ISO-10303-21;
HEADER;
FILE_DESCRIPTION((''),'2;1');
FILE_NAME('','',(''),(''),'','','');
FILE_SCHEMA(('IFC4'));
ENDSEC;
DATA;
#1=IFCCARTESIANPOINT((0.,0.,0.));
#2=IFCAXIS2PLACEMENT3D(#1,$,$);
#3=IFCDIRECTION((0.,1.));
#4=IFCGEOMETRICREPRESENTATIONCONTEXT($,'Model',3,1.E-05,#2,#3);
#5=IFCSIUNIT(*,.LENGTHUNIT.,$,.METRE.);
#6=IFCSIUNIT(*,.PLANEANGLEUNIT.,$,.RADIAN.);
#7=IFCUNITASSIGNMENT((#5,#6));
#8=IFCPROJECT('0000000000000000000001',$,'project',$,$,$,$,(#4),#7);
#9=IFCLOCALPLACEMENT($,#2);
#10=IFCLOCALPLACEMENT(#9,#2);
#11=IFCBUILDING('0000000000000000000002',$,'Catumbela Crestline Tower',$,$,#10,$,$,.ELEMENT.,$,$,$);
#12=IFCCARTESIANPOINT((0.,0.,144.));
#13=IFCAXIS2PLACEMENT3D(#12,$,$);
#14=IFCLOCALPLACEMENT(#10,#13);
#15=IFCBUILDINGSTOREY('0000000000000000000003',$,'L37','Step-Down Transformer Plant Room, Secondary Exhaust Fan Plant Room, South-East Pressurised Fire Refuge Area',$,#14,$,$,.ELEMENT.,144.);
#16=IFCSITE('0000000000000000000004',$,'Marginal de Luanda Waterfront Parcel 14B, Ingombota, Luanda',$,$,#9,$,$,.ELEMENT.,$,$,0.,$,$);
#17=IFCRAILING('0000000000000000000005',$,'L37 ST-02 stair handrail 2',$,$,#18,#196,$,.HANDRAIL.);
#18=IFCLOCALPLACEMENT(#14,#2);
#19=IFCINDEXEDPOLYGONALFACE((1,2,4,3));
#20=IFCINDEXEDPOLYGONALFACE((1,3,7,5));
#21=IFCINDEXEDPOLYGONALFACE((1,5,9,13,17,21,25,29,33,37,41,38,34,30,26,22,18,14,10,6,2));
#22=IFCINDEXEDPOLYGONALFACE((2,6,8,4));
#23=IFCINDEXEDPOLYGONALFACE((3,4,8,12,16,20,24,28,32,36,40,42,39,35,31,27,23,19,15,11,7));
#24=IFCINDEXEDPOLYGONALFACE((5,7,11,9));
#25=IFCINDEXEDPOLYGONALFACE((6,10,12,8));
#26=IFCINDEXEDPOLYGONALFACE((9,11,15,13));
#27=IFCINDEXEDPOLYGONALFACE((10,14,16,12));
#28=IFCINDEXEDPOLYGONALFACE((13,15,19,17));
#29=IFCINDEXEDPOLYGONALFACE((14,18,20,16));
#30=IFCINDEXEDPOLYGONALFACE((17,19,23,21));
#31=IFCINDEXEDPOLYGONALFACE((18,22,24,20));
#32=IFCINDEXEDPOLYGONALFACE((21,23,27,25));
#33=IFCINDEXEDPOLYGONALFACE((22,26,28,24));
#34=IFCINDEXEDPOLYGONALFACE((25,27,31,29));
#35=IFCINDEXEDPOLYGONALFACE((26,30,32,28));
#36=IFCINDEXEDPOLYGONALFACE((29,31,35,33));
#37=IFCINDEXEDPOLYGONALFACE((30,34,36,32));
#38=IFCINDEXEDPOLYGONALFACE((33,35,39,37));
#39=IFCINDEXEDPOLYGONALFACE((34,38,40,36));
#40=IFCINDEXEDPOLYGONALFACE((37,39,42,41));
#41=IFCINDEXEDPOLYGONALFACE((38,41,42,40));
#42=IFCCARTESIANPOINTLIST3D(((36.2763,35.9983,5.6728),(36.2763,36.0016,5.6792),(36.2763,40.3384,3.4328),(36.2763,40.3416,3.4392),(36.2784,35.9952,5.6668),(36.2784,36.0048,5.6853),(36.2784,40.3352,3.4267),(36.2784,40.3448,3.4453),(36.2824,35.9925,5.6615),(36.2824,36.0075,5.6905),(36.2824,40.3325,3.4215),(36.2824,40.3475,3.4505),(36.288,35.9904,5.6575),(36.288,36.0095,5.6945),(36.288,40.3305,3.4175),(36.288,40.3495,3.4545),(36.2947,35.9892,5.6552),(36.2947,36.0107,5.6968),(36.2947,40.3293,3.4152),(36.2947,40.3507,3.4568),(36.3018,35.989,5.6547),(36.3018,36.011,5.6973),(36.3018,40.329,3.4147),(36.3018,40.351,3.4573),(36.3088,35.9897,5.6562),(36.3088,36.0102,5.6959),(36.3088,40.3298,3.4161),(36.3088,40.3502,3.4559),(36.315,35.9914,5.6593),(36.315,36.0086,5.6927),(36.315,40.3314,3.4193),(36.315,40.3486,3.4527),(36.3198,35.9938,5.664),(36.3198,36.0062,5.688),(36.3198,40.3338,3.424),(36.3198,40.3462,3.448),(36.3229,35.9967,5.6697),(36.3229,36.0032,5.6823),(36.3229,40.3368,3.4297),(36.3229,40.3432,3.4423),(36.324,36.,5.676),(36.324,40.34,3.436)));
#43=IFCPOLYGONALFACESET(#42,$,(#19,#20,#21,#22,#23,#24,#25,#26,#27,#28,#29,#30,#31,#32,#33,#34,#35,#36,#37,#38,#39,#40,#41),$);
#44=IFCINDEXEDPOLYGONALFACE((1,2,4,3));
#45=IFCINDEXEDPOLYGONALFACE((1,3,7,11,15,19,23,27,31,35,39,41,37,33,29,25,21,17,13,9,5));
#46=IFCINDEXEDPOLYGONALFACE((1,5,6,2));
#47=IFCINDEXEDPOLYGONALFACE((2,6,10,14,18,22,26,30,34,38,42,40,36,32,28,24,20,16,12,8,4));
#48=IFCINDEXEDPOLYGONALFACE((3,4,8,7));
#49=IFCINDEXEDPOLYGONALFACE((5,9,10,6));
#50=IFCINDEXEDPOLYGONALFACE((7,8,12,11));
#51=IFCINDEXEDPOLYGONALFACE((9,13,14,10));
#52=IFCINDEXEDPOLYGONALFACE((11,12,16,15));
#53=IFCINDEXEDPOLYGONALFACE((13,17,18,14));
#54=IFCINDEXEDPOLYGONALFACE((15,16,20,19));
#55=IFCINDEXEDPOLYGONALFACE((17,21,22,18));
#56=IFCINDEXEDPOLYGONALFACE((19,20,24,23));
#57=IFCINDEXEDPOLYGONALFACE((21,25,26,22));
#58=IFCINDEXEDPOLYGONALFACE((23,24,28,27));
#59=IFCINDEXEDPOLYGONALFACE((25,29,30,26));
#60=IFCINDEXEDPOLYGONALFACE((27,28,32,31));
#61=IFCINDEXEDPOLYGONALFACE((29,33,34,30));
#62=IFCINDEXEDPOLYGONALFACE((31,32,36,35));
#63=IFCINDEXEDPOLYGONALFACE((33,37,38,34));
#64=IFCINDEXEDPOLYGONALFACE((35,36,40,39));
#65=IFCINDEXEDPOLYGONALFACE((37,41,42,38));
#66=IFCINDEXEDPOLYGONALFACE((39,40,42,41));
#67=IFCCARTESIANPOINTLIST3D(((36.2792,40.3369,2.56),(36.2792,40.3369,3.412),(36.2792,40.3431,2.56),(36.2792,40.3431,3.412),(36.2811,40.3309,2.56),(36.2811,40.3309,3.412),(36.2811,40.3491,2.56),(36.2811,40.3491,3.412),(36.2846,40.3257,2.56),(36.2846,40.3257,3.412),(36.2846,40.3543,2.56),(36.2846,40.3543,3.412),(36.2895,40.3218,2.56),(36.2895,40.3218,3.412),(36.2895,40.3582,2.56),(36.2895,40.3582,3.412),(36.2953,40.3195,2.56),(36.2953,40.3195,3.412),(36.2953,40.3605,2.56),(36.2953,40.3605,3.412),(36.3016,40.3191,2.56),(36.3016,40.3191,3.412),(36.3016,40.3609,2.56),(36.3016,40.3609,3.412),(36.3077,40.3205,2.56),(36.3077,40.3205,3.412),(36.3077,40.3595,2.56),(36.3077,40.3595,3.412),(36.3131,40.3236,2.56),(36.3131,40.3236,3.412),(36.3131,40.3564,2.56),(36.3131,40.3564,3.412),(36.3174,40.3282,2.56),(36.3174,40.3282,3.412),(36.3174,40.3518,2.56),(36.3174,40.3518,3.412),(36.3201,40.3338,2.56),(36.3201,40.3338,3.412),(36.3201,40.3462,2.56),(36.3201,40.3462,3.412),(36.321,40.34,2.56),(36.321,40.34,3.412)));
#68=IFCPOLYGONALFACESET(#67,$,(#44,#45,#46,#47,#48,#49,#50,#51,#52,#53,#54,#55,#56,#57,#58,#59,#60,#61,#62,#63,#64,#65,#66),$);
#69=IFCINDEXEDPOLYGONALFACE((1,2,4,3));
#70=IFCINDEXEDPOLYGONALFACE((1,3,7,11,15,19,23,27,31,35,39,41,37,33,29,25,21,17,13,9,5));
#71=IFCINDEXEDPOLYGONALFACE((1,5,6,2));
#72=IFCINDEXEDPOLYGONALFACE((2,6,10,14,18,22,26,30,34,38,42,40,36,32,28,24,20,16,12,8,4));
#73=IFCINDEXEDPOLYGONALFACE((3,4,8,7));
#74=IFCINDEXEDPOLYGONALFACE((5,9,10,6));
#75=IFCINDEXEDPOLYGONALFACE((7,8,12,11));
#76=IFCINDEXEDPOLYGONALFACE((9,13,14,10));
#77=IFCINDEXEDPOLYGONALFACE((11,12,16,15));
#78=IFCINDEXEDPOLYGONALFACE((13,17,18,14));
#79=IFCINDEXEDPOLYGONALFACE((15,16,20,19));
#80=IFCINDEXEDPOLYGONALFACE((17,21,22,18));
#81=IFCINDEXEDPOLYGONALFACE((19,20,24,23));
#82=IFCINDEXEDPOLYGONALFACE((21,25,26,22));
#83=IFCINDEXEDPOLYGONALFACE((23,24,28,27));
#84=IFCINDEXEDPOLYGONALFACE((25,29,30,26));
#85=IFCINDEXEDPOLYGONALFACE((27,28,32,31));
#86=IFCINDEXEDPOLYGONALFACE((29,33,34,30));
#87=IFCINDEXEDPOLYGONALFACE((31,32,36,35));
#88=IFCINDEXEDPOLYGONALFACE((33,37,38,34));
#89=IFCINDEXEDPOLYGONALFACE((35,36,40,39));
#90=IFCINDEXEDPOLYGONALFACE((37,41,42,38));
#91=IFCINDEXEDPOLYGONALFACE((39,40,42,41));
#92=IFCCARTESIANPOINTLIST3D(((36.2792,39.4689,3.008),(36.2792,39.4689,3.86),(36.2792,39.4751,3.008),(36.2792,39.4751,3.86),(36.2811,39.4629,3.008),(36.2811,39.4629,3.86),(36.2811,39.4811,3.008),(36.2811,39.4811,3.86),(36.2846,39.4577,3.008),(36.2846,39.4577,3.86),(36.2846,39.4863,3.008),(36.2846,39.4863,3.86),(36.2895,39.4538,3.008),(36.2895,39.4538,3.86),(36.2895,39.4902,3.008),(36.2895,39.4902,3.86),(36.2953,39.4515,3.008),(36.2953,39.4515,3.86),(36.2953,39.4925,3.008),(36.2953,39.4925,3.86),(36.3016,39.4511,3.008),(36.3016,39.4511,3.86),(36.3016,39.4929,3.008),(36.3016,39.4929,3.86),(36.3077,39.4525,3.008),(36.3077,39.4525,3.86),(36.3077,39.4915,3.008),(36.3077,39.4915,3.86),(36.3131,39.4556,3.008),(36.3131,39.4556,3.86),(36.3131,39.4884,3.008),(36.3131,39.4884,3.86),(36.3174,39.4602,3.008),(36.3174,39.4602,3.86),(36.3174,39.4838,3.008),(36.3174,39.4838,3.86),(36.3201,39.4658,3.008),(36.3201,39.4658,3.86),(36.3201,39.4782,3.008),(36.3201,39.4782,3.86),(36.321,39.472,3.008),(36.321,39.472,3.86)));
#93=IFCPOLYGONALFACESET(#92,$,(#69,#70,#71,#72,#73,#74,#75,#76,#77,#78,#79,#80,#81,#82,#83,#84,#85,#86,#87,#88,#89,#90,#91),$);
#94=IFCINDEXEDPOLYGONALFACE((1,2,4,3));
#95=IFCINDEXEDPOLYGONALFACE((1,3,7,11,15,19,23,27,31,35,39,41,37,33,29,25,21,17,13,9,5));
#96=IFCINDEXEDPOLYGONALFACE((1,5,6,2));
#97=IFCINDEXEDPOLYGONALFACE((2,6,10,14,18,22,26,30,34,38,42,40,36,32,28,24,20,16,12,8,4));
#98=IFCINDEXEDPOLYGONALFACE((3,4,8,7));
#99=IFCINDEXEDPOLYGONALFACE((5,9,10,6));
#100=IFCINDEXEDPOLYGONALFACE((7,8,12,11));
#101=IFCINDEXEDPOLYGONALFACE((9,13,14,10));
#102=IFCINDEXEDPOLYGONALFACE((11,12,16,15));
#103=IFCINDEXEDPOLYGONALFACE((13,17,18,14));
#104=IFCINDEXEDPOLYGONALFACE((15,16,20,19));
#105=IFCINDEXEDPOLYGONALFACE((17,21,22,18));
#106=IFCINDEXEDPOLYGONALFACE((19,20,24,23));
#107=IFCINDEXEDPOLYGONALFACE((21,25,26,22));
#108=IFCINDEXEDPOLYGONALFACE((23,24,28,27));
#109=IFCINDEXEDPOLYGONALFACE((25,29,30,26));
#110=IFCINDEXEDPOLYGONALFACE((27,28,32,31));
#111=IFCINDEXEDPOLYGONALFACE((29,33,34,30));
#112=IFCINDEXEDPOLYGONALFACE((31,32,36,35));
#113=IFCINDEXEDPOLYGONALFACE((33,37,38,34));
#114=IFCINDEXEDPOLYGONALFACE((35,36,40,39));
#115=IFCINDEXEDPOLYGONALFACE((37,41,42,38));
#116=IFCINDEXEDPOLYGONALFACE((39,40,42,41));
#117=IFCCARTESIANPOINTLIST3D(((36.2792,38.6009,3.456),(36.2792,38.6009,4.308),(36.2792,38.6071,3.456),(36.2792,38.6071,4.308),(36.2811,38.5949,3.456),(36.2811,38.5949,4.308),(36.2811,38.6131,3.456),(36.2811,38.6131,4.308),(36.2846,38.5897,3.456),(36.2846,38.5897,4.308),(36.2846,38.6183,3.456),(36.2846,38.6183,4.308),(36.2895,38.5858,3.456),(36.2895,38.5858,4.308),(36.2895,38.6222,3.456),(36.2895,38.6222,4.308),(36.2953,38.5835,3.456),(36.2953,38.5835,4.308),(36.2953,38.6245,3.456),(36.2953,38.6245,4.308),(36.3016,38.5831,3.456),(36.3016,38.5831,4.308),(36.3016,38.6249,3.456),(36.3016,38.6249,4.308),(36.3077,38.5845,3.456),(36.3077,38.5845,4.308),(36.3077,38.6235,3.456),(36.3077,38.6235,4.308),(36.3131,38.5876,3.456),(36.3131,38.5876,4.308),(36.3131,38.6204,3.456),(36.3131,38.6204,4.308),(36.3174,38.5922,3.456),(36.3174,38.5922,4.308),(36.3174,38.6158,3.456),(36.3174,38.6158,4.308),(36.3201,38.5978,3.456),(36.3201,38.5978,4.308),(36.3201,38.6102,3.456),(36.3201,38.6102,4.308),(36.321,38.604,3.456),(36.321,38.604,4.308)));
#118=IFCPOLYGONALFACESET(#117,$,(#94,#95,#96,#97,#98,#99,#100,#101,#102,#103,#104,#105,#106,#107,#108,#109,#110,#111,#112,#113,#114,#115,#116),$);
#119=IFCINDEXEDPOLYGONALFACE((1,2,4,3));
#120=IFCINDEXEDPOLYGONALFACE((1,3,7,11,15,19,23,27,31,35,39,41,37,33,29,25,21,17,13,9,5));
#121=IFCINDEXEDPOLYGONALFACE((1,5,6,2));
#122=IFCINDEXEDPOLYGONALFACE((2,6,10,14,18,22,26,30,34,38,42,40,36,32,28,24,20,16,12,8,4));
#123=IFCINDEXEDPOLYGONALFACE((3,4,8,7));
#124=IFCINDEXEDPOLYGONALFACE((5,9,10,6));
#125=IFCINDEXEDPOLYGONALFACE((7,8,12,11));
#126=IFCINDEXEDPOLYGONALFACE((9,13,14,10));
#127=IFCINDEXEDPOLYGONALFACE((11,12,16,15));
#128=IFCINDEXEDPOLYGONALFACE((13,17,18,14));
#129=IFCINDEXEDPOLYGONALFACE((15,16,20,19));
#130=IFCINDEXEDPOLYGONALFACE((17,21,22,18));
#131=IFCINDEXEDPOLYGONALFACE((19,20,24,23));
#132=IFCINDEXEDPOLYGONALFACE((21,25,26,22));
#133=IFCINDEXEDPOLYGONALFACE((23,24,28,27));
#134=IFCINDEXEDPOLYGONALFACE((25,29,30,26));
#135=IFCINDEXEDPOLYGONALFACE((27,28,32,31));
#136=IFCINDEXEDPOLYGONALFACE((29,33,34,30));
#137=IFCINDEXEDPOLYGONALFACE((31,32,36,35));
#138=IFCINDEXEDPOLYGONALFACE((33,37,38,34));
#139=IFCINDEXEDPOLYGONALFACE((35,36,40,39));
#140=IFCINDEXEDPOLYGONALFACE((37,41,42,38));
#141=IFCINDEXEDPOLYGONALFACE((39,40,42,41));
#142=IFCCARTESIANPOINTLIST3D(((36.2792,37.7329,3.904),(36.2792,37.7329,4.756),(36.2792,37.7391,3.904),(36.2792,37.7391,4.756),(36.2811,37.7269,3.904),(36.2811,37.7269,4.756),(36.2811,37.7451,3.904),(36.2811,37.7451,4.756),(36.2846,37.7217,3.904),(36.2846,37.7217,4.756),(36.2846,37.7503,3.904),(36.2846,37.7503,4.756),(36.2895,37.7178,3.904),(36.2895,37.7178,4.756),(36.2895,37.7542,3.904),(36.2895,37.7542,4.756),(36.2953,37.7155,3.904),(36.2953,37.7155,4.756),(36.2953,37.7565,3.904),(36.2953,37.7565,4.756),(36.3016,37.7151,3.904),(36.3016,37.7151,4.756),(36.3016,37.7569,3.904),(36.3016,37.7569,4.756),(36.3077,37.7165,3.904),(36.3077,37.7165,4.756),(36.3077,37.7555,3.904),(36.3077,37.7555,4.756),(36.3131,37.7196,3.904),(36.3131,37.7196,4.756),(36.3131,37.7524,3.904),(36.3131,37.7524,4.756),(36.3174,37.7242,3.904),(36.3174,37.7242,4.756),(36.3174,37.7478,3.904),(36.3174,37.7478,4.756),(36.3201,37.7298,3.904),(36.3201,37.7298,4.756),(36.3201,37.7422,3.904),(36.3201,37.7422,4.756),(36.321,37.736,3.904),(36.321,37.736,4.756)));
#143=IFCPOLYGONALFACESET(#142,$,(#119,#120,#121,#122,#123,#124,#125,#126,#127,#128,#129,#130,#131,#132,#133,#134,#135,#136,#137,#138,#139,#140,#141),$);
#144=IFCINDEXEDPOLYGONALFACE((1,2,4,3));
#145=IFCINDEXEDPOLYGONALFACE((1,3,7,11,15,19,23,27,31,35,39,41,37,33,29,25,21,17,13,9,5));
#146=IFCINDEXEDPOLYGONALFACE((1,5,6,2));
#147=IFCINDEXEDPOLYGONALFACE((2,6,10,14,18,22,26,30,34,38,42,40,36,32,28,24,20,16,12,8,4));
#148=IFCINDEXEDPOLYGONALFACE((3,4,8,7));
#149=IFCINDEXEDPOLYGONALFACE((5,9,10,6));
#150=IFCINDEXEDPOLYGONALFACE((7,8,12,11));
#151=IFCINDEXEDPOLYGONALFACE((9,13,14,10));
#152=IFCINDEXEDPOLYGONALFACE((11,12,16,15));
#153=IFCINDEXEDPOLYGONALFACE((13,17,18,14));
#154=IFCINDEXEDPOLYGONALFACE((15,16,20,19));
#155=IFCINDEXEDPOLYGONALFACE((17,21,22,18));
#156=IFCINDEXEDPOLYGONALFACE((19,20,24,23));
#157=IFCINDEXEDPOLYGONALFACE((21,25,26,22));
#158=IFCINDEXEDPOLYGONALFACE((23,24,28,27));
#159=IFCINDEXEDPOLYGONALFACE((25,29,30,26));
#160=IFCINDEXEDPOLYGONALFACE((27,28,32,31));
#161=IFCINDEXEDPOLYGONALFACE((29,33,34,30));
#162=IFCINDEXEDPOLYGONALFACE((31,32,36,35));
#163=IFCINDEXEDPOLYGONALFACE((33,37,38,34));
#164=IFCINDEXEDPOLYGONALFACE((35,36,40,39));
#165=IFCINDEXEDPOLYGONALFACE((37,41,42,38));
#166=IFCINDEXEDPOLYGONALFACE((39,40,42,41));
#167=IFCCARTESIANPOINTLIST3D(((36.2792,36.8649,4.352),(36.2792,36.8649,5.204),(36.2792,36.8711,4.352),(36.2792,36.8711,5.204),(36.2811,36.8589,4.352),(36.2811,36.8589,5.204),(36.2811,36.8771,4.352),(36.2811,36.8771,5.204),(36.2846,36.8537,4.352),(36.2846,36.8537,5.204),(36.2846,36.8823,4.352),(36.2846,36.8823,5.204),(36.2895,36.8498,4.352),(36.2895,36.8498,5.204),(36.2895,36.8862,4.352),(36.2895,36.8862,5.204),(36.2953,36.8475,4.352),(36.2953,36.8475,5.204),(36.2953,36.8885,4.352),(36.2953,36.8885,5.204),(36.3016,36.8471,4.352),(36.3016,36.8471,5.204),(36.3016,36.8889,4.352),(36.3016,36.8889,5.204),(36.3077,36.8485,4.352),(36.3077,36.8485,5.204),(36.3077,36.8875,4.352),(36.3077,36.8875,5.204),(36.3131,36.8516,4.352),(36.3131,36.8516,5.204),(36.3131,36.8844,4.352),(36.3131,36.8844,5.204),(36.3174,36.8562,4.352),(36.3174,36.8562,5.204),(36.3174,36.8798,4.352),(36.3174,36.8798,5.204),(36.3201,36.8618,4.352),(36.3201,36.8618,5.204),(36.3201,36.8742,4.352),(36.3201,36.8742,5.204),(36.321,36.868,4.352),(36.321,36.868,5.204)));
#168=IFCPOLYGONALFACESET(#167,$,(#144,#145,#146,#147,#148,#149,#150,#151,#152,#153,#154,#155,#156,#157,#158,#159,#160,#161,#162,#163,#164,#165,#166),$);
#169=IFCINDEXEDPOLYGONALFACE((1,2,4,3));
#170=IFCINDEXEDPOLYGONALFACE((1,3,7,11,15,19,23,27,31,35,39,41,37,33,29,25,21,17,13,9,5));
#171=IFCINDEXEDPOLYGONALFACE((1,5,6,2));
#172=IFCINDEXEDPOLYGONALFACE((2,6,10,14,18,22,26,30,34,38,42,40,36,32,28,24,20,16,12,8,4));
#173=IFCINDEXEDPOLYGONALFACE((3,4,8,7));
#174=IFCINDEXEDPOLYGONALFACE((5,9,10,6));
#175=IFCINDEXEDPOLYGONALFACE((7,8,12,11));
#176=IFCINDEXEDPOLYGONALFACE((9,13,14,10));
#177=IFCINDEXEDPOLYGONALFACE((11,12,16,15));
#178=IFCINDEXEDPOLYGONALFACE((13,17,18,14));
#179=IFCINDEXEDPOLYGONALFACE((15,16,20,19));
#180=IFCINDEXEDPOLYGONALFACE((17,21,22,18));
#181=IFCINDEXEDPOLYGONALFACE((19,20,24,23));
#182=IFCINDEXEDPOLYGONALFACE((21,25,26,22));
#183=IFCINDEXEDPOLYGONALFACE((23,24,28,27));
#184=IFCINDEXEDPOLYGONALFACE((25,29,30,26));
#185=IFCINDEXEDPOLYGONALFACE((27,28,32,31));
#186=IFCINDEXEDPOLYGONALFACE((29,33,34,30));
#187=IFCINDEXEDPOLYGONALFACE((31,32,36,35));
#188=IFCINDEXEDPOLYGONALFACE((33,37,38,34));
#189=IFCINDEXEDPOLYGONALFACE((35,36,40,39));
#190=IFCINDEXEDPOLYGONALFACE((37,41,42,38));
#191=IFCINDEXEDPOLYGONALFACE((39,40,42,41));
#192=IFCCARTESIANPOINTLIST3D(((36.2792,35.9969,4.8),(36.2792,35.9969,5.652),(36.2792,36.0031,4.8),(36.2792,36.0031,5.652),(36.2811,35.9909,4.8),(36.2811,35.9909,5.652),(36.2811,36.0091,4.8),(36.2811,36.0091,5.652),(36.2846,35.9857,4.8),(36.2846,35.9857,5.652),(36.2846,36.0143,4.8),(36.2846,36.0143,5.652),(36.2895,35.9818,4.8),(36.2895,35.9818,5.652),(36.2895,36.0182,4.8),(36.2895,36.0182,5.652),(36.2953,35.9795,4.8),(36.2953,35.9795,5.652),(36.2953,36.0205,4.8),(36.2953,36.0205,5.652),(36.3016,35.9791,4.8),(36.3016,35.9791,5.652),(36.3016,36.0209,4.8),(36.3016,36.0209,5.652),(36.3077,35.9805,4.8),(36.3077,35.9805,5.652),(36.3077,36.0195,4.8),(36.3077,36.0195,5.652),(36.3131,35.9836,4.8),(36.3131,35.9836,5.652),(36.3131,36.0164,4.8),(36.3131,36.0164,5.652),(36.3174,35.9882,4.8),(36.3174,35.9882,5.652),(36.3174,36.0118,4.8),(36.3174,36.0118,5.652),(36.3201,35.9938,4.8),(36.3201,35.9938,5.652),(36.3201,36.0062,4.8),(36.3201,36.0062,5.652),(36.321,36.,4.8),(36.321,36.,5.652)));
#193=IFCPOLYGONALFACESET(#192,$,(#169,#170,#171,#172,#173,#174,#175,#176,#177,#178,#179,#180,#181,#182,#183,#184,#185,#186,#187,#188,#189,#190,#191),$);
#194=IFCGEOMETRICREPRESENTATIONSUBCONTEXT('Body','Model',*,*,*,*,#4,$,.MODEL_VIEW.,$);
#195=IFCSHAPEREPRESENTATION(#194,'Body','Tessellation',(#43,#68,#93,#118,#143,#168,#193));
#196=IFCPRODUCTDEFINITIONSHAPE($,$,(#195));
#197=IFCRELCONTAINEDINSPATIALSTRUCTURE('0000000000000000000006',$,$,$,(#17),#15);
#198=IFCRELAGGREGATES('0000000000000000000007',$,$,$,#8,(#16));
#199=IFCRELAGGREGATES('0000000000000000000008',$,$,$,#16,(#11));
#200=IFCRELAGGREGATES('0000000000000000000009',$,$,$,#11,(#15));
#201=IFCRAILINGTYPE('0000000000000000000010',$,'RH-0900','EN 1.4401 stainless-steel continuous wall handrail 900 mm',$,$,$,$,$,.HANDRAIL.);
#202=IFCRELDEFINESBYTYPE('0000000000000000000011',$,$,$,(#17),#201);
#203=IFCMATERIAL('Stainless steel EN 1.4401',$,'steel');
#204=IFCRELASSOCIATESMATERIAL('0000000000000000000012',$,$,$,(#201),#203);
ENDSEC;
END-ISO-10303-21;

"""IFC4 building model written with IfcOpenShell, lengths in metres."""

from ifc_helpers import new_model, si_unit, direction, frame, origin, origin_2d, place, context, subcontext, project, spatial, circle, extrude, material, type_object, element, save


model = new_model("IFC4")

# Units and contexts
model_context = context("Model", 3, precision=1e-05, world=origin(), true_north=direction((0.0, 1.0)))
body_context = subcontext(model_context, "Body", "Model", "MODEL_VIEW")
ifc_project = project(units=[si_unit("LENGTHUNIT", "METRE"), si_unit("PLANEANGLEUNIT", "RADIAN")], contexts=[model_context])

# Site, building, storey
site_placement = place(None, origin())
site = spatial("IfcSite", under=ifc_project, at=site_placement, Name="Marginal de Luanda Waterfront Parcel 14B, Ingombota, Luanda", CompositionType="ELEMENT", RefElevation=0.0)
building_placement = place(site_placement, origin())
building = spatial("IfcBuilding", under=site, at=building_placement, Name="Catumbela Crestline Tower", CompositionType="ELEMENT")
storey_placement = place(building_placement, frame((0.0, 0.0, 144.0)))
storey = spatial("IfcBuildingStorey", under=building, at=storey_placement, Name="L37", Description="Step-Down Transformer Plant Room, Secondary Exhaust Fan Plant Room, South-East Pressurised Fire Refuge Area", CompositionType="ELEMENT", Elevation=144.0)

# Shared definitions
ifc_material_1 = material(Name="Stainless steel EN 1.4401", Category="steel")

# Railing
railing_type = type_object("IfcRailingType", Name="RH-0900", Description="EN 1.4401 stainless-steel continuous wall handrail 900 mm", PredefinedType="HANDRAIL", material=ifc_material_1)
railing_placement = place(storey_placement, frame((36.3, 40.34, 2.56)))
element("IfcRailing", 1, at=railing_placement, inside=storey, type_object=railing_type, Name="L37 ST-02 stair handrail 2", PredefinedType="HANDRAIL", context=body_context, shape_type="SweptSolid", body=[
    extrude(circle(Radius=0.024, at=origin_2d()), frame((0.0, 0.0, 0.876), z_axis=(0.0, -0.888621, 0.458643), x_axis=(1.0, 0.0, 0.0)), (0.0, 0.0, 1.0), 4.884),
    extrude(circle(Radius=0.021, at=origin_2d()), origin(), (0.0, 0.0, 1.0), 0.852),
    extrude(circle(Radius=0.021, at=origin_2d()), frame((0.0, -0.868, 0.448)), (0.0, 0.0, 1.0), 0.852),
    extrude(circle(Radius=0.021, at=origin_2d()), frame((0.0, -1.736, 0.896)), (0.0, 0.0, 1.0), 0.852),
    extrude(circle(Radius=0.021, at=origin_2d()), frame((0.0, -2.604, 1.344)), (0.0, 0.0, 1.0), 0.852),
    extrude(circle(Radius=0.021, at=origin_2d()), frame((0.0, -3.472, 1.792)), (0.0, 0.0, 1.0), 0.852),
    extrude(circle(Radius=0.021, at=origin_2d()), frame((0.0, -4.34, 2.24)), (0.0, 0.0, 1.0), 0.852),
])

save(model, "model.ifc")
